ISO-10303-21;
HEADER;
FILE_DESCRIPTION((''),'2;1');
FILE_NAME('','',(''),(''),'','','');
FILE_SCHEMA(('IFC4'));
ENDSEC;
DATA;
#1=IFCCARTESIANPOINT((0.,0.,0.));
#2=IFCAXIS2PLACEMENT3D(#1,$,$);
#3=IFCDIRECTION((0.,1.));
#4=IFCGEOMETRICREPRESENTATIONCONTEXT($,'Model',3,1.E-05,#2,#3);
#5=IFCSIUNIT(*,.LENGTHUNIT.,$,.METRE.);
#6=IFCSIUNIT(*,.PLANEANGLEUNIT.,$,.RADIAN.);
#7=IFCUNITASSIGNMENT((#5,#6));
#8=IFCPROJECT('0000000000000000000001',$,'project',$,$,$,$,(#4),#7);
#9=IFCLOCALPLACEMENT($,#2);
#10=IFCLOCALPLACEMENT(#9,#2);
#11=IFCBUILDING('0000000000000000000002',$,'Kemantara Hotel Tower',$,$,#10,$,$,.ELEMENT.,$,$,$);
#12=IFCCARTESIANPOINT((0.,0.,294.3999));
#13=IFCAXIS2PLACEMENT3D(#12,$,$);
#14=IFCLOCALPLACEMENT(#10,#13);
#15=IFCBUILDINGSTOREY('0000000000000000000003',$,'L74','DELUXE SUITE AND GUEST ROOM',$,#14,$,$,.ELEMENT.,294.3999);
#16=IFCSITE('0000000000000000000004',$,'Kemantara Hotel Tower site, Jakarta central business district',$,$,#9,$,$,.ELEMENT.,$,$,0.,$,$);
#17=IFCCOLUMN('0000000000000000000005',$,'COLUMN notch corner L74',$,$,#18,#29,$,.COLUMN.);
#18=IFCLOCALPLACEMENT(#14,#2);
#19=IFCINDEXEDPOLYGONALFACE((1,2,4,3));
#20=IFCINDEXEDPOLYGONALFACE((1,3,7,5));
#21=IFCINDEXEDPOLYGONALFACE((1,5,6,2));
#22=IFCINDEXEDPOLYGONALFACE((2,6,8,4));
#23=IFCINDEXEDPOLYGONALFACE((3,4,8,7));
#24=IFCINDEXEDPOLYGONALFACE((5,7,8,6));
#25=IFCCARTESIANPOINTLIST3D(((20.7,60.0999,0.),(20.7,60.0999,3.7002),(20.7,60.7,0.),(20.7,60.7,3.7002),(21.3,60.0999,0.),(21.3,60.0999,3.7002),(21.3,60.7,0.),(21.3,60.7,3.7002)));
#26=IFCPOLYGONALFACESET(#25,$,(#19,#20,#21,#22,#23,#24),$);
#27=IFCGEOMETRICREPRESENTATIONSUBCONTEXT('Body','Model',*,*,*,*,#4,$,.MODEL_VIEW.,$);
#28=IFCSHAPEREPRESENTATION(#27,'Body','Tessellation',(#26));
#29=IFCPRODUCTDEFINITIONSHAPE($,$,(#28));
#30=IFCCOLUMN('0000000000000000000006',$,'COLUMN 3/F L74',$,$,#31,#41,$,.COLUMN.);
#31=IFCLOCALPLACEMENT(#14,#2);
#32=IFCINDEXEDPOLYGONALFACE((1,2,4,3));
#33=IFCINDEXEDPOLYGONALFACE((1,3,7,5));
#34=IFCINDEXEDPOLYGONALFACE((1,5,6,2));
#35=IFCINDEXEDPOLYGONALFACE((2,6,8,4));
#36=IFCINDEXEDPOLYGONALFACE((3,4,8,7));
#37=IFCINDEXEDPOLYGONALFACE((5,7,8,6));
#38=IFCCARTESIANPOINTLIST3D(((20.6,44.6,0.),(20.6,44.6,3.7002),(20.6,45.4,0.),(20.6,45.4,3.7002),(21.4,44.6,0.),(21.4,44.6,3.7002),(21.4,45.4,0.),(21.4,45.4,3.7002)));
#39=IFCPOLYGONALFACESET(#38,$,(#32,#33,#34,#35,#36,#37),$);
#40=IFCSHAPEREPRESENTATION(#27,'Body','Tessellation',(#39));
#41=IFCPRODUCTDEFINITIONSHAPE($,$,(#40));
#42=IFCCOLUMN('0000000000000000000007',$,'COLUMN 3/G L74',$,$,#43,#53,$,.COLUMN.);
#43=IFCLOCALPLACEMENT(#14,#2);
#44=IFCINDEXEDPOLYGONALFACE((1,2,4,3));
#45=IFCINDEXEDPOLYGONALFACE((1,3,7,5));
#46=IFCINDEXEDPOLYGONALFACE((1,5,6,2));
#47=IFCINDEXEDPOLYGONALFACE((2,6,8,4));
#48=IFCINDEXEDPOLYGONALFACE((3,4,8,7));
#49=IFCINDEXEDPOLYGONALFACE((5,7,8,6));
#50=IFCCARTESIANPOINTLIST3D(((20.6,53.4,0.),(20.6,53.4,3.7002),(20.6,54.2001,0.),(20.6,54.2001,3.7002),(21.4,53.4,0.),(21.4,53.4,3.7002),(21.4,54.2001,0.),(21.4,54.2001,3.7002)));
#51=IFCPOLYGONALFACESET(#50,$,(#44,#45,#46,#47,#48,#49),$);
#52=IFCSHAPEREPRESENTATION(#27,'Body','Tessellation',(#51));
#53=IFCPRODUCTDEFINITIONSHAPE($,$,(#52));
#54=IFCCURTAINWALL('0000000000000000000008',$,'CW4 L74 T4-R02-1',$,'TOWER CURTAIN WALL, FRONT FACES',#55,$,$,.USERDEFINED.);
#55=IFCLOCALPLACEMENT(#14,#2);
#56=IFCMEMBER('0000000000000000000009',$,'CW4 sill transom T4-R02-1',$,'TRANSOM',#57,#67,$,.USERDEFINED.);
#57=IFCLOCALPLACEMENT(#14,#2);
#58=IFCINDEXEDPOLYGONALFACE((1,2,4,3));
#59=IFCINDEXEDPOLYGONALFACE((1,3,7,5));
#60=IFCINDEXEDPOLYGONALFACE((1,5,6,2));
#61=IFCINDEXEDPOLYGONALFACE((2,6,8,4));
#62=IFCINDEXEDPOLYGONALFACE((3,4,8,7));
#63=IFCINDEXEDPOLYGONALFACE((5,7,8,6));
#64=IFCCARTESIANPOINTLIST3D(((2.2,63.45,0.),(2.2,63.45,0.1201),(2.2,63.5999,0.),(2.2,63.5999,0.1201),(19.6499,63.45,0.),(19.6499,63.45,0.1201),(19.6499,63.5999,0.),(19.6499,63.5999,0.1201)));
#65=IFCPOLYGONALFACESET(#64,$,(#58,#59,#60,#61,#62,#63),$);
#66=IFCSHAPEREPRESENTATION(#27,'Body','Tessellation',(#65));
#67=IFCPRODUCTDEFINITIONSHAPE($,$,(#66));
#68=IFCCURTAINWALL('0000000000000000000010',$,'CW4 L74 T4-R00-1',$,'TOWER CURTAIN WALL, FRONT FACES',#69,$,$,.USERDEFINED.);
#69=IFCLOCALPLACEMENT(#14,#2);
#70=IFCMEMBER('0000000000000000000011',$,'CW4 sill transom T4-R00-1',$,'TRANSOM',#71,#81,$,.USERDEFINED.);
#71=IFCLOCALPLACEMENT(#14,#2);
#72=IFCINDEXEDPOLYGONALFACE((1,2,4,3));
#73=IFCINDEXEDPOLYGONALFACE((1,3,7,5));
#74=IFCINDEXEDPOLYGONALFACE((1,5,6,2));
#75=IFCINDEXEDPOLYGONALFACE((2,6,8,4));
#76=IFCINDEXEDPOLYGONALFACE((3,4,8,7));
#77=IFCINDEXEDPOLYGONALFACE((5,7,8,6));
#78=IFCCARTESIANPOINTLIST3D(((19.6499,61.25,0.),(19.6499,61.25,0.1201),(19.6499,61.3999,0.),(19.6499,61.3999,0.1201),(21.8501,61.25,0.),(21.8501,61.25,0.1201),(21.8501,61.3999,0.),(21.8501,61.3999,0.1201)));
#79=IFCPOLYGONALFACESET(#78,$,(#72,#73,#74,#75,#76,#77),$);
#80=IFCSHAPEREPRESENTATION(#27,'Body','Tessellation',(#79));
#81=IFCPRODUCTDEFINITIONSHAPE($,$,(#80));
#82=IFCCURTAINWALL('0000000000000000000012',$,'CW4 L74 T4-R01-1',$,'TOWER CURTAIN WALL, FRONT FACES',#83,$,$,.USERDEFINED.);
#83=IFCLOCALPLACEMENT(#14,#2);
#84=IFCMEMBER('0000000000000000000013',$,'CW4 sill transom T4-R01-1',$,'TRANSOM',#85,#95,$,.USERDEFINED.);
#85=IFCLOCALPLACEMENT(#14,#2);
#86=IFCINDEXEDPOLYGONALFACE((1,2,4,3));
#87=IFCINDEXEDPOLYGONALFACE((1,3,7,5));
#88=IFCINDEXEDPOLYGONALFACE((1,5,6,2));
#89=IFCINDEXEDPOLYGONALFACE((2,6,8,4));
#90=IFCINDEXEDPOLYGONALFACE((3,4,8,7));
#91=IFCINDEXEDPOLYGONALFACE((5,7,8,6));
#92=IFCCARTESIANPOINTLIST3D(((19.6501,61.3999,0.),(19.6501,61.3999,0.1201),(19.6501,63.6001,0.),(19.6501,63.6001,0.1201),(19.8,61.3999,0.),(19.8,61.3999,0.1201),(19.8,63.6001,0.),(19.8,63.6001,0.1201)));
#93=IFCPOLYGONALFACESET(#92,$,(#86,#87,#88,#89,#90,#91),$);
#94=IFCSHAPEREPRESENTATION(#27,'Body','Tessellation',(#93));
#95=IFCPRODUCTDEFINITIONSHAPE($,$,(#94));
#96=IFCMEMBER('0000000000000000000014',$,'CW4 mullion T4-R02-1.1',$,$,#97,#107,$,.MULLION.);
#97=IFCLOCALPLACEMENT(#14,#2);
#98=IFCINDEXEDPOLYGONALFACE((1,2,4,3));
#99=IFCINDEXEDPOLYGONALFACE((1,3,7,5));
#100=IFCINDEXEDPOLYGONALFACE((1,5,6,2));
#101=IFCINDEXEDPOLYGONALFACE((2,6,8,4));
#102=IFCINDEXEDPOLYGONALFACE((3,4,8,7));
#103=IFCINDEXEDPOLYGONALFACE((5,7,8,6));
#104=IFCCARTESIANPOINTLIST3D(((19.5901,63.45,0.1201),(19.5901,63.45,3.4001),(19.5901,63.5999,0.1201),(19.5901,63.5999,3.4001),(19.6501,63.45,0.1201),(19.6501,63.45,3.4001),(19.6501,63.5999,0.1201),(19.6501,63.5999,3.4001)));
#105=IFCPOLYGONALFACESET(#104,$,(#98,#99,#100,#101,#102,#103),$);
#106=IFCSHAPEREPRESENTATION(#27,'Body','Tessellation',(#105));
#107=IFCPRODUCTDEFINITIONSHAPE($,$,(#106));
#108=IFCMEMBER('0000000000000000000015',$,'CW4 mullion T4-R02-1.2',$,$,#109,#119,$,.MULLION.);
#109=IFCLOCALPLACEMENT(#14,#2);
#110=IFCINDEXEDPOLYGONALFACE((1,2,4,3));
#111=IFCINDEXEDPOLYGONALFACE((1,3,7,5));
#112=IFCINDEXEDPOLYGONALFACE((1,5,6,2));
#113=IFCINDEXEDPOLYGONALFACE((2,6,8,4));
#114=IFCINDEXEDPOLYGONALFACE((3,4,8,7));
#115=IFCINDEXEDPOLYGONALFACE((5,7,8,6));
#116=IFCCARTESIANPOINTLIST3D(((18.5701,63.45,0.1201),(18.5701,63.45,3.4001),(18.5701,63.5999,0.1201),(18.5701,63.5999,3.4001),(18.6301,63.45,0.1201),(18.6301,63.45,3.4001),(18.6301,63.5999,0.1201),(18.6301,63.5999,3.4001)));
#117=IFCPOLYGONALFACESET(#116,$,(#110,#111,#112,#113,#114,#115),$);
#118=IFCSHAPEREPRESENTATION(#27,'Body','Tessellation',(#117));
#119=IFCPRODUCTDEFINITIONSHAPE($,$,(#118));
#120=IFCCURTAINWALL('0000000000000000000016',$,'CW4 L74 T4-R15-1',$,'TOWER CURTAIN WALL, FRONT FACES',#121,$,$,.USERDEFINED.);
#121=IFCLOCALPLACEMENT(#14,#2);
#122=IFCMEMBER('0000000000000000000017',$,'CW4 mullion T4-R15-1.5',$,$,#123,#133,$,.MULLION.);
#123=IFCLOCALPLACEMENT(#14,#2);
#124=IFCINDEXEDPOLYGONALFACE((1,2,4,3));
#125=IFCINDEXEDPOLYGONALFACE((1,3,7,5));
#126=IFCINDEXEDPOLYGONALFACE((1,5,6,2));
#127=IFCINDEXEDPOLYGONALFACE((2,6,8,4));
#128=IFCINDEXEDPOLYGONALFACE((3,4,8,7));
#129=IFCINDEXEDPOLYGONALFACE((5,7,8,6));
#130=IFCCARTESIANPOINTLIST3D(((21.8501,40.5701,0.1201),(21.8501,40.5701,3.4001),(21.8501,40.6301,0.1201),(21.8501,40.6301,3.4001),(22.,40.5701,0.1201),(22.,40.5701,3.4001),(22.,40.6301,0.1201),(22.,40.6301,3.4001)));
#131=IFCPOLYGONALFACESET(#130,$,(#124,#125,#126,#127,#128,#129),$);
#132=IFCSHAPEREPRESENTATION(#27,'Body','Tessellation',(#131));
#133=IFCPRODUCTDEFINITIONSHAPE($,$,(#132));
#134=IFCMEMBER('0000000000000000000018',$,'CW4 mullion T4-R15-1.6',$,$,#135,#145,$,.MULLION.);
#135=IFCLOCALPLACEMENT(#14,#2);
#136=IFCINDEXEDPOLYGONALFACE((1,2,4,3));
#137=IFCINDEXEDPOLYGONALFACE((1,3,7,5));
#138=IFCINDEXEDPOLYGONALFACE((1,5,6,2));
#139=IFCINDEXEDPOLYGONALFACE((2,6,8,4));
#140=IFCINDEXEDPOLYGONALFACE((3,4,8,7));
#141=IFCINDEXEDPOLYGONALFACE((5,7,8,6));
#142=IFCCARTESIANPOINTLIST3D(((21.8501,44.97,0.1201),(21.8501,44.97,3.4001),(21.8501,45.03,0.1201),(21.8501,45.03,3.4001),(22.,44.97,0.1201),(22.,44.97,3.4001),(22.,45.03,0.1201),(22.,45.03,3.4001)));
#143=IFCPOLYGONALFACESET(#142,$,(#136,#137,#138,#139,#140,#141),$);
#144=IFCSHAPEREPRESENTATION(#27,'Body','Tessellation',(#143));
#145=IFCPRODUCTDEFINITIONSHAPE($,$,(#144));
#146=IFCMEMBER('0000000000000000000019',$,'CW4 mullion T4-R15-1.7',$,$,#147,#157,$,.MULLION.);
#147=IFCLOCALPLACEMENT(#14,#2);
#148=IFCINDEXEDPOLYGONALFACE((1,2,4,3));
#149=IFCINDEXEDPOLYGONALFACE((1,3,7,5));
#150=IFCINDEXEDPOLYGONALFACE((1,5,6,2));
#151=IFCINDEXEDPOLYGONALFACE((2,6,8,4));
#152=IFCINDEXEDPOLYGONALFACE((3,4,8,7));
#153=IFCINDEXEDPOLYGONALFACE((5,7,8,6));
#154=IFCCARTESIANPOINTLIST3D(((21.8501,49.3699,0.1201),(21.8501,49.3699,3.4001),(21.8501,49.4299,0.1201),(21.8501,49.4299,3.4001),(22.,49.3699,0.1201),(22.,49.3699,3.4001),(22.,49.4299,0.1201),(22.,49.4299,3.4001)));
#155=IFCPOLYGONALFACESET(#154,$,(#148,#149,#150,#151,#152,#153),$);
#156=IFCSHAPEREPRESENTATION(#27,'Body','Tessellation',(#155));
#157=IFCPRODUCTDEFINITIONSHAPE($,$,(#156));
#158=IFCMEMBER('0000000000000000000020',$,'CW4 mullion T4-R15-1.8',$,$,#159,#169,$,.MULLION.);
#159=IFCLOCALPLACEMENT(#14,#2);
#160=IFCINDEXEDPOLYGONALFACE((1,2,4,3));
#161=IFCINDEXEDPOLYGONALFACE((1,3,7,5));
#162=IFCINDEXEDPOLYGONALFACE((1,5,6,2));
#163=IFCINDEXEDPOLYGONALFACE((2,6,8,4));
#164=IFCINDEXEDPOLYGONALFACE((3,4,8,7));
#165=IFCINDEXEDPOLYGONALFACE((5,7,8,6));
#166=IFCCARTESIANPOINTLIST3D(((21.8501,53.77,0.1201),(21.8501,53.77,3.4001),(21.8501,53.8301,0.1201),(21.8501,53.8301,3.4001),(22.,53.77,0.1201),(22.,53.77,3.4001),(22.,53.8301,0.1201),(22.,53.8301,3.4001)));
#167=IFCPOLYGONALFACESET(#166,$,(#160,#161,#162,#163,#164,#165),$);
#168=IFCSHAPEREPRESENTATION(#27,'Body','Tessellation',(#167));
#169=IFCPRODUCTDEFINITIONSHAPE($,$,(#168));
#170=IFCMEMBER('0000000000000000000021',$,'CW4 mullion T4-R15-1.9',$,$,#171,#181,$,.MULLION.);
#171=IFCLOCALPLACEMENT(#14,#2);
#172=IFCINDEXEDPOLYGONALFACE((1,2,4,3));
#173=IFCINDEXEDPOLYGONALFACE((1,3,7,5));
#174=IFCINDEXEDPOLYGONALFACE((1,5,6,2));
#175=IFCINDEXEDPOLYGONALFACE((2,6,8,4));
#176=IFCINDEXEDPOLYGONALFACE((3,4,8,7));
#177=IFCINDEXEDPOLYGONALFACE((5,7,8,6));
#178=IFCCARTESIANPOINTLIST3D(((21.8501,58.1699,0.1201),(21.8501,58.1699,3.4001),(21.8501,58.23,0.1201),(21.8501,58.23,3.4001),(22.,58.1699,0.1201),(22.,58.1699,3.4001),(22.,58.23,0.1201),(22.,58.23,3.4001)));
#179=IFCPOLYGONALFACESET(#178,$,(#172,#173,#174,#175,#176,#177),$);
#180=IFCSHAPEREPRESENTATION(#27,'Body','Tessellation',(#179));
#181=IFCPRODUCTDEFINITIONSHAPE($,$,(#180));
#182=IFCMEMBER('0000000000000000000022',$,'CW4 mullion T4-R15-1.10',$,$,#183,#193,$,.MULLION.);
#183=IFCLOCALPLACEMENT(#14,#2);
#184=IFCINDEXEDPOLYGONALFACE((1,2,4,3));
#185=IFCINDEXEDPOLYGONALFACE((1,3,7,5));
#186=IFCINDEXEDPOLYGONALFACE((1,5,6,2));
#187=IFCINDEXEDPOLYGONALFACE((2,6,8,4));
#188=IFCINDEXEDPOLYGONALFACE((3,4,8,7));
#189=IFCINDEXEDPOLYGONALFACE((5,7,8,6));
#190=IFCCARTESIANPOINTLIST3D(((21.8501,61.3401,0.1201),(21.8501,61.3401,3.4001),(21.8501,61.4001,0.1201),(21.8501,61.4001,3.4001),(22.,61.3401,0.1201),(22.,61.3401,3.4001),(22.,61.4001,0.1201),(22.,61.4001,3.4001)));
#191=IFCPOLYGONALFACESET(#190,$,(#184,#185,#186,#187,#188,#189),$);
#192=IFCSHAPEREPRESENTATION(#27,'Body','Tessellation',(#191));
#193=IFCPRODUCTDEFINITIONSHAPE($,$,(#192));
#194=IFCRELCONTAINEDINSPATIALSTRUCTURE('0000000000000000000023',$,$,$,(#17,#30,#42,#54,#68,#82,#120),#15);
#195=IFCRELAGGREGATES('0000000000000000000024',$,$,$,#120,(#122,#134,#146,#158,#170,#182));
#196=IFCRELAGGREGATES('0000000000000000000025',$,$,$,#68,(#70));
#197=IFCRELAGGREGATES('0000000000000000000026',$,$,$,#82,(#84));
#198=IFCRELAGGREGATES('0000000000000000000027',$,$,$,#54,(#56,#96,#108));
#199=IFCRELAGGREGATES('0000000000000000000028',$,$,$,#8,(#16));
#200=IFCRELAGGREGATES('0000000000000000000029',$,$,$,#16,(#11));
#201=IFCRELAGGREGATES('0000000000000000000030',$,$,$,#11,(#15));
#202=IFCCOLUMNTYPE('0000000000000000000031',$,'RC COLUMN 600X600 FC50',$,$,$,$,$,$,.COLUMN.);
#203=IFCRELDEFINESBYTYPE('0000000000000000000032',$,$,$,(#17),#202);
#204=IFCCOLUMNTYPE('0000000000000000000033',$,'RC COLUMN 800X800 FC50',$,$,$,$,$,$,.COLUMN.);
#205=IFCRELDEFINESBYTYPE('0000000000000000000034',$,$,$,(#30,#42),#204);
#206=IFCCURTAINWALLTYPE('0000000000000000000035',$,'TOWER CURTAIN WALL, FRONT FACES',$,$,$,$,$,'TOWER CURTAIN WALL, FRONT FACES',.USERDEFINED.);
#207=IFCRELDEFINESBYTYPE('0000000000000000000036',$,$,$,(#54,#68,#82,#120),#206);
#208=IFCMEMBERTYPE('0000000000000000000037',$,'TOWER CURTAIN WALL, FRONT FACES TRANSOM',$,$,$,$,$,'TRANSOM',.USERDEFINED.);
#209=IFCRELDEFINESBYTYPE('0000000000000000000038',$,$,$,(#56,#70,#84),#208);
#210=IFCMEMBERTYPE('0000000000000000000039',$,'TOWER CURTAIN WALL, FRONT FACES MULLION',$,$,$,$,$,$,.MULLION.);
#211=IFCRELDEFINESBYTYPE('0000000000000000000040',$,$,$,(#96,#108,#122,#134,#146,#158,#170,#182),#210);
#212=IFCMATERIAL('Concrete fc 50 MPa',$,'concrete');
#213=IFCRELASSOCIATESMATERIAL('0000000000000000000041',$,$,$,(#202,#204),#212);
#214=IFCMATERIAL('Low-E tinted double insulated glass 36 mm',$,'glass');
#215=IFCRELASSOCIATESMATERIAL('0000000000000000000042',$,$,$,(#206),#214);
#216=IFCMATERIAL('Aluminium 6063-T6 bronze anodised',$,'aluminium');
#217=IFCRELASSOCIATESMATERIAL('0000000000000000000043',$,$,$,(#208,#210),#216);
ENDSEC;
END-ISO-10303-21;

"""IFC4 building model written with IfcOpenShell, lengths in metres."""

from ifc_helpers import new_model, si_unit, direction, frame, origin, origin_2d, place, context, subcontext, project, spatial, rectangle, extrude, source, transform, mapped, material, material_profile, profile_set, type_object, element, aggregate, save


model = new_model("IFC4")

# Units and contexts
model_context = context("Model", 3, precision=1e-05, world=origin(), true_north=direction((0.0, 1.0)))
body_context = subcontext(model_context, "Body", "Model", "MODEL_VIEW")
ifc_project = project(units=[si_unit("LENGTHUNIT", "METRE"), si_unit("PLANEANGLEUNIT", "RADIAN")], contexts=[model_context])

# Site, building, storey
site_placement = place(None, origin())
site = spatial("IfcSite", under=ifc_project, at=site_placement, Name="Kemantara Hotel Tower site, Jakarta central business district", CompositionType="ELEMENT", RefElevation=0.0)
building_placement = place(site_placement, origin())
building = spatial("IfcBuilding", under=site, at=building_placement, Name="Kemantara Hotel Tower", CompositionType="ELEMENT")
storey_placement = place(building_placement, frame((0.0, 0.0, 294.3999)))
storey = spatial("IfcBuildingStorey", under=building, at=storey_placement, Name="L74", Description="DELUXE SUITE AND GUEST ROOM", CompositionType="ELEMENT", Elevation=294.3999)

# Columns
ifc_material_1 = material(Name="Concrete fc 50 MPa", Category="concrete")
ifc_material_profile_1 = material_profile(ifc_material_1, rectangle(XDim=0.6001, YDim=0.6001, at=origin_2d()), Name="RC 600X600")
ifc_profile_set_1 = profile_set([ifc_material_profile_1], Name="Concrete fc 50 MPa")
column_type_1 = type_object("IfcColumnType", Name="RC COLUMN 600X600 FC50", PredefinedType="COLUMN", material=ifc_profile_set_1)
column_placement = place(storey_placement, frame((21.0, 60.3999, 0.0), z_axis=(0.0, 0.0, 1.0), x_axis=(1.0, 0.0, 0.0)))
element("IfcColumn", 1, at=column_placement, inside=storey, type_object=column_type_1, Name="COLUMN notch corner L74", PredefinedType="COLUMN", context=body_context, shape_type="SweptSolid", body=[
    extrude(rectangle(XDim=0.6001, YDim=0.6001, at=origin_2d()), origin(), (0.0, 0.0, 1.0), 3.7002),
])
ifc_material_profile_2 = material_profile(ifc_material_1, rectangle(XDim=0.8, YDim=0.8, at=origin_2d()), Name="RC 800X800")
ifc_profile_set_2 = profile_set([ifc_material_profile_2], Name="Concrete fc 50 MPa")
column_type_2 = type_object("IfcColumnType", Name="RC COLUMN 800X800 FC50", PredefinedType="COLUMN", material=ifc_profile_set_2)
for number, where, z_axis, x_axis, name in (
    (2, (21.0, 45.0, 0.0), (0.0, 0.0, 1.0), (1.0, 0.0, 0.0), "COLUMN 3/F L74"),
    (3, (21.0, 53.8, 0.0), (0.0, 0.0, 1.0), (1.0, 0.0, 0.0), "COLUMN 3/G L74"),
):
    element("IfcColumn", number, at=place(storey_placement, frame(where, z_axis=z_axis, x_axis=x_axis)), inside=storey, type_object=column_type_2, Name=name, PredefinedType="COLUMN", context=body_context, shape_type="SweptSolid", body=[
        extrude(rectangle(XDim=0.8, YDim=0.8, at=origin_2d()), origin(), (0.0, 0.0, 1.0), 3.7002),
    ])

# Curtain walls, members
ifc_material_2 = material(Name="Low-E tinted double insulated glass 36 mm", Category="glass")
curtain_wall_type = type_object("IfcCurtainWallType", Name="TOWER CURTAIN WALL, FRONT FACES", ElementType="TOWER CURTAIN WALL, FRONT FACES", PredefinedType="USERDEFINED", material=ifc_material_2)
curtain_wall_1_placement = place(storey_placement, origin())
curtain_wall_1 = element("IfcCurtainWall", 4, at=curtain_wall_1_placement, inside=storey, type_object=curtain_wall_type, Name="CW4 L74 T4-R02-1", ObjectType="TOWER CURTAIN WALL, FRONT FACES", PredefinedType="USERDEFINED")
ifc_material_3 = material(Name="Aluminium 6063-T6 bronze anodised", Category="aluminium")
ifc_material_profile_3 = material_profile(ifc_material_3, rectangle(XDim=0.1499, YDim=0.1201, at=origin_2d()), Name="TOWER CURTAIN WALL, FRONT FACES TRANSOM")
ifc_profile_set_3 = profile_set([ifc_material_profile_3], Name="Aluminium 6063-T6 bronze anodised")
member_type_1 = type_object("IfcMemberType", Name="TOWER CURTAIN WALL, FRONT FACES TRANSOM", ElementType="TRANSOM", PredefinedType="USERDEFINED", material=ifc_profile_set_3)
member_1_placement = place(storey_placement, frame((19.6499, 63.5249, 0.0601), z_axis=(-1.0, 0.0, 0.0), x_axis=(0.0, -1.0, 0.0)))
member_1 = element("IfcMember", 5, at=member_1_placement, type_object=member_type_1, Name="CW4 sill transom T4-R02-1", ObjectType="TRANSOM", PredefinedType="USERDEFINED", context=body_context, shape_type="SweptSolid", body=[
    extrude(rectangle(XDim=0.1499, YDim=0.1201, at=origin_2d()), origin(), (0.0, 0.0, 1.0), 17.45),
])
curtain_wall_2_placement = place(storey_placement, origin())
curtain_wall_2 = element("IfcCurtainWall", 6, at=curtain_wall_2_placement, inside=storey, type_object=curtain_wall_type, Name="CW4 L74 T4-R00-1", ObjectType="TOWER CURTAIN WALL, FRONT FACES", PredefinedType="USERDEFINED")
member_2_placement = place(storey_placement, frame((21.8501, 61.325, 0.0601), z_axis=(-1.0, 0.0, 0.0), x_axis=(0.0, -1.0, 0.0)))
member_2 = element("IfcMember", 7, at=member_2_placement, type_object=member_type_1, Name="CW4 sill transom T4-R00-1", ObjectType="TRANSOM", PredefinedType="USERDEFINED", context=body_context, shape_type="SweptSolid", body=[
    extrude(rectangle(XDim=0.1499, YDim=0.1201, at=origin_2d()), origin(), (0.0, 0.0, 1.0), 2.2002),
])
curtain_wall_3_placement = place(storey_placement, origin())
curtain_wall_3 = element("IfcCurtainWall", 8, at=curtain_wall_3_placement, inside=storey, type_object=curtain_wall_type, Name="CW4 L74 T4-R01-1", ObjectType="TOWER CURTAIN WALL, FRONT FACES", PredefinedType="USERDEFINED")
member_3_placement = place(storey_placement, frame((19.7251, 61.3999, 0.0601), z_axis=(0.0, 1.0, 0.0), x_axis=(-1.0, 0.0, 0.0)))
member_3 = element("IfcMember", 9, at=member_3_placement, type_object=member_type_1, Name="CW4 sill transom T4-R01-1", ObjectType="TRANSOM", PredefinedType="USERDEFINED", context=body_context, shape_type="SweptSolid", body=[
    extrude(rectangle(XDim=0.1499, YDim=0.1201, at=origin_2d()), origin(), (0.0, 0.0, 1.0), 2.2002),
])

# Members
ifc_material_profile_4 = material_profile(ifc_material_3, rectangle(XDim=0.1499, YDim=0.0601, at=origin_2d()), Name="TOWER CURTAIN WALL, FRONT FACES MULLION")
ifc_profile_set_4 = profile_set([ifc_material_profile_4], Name="Aluminium 6063-T6 bronze anodised")
member_type_2 = type_object("IfcMemberType", Name="TOWER CURTAIN WALL, FRONT FACES MULLION", PredefinedType="MULLION", material=ifc_profile_set_4)
shared_shape_1 = source(origin(), body_context, "Body", "SweptSolid", [
    extrude(rectangle(XDim=0.1499, YDim=0.0601, at=origin_2d()), origin(), (0.0, 0.0, 1.0), 3.28),
])
member_4_placement = place(storey_placement, frame((19.6201, 63.5249, 0.1201), z_axis=(0.0, 0.0, 1.0), x_axis=(0.0, -1.0, 0.0)))
member_4 = element("IfcMember", 10, at=member_4_placement, type_object=member_type_2, Name="CW4 mullion T4-R02-1.1", PredefinedType="MULLION", context=body_context, shape_type="MappedRepresentation", body=[
    mapped(shared_shape_1, transform((0.0, 0.0, 0.0))),
])
member_5_placement = place(storey_placement, frame((18.6001, 63.5249, 0.1201), z_axis=(0.0, 0.0, 1.0), x_axis=(0.0, -1.0, 0.0)))
member_5 = element("IfcMember", 11, at=member_5_placement, type_object=member_type_2, Name="CW4 mullion T4-R02-1.2", PredefinedType="MULLION", context=body_context, shape_type="MappedRepresentation", body=[
    mapped(shared_shape_1, transform((0.0, 0.0, 0.0))),
])

# Curtain wall, members
curtain_wall_4_placement = place(storey_placement, origin())
curtain_wall_4 = element("IfcCurtainWall", 12, at=curtain_wall_4_placement, inside=storey, type_object=curtain_wall_type, Name="CW4 L74 T4-R15-1", ObjectType="TOWER CURTAIN WALL, FRONT FACES", PredefinedType="USERDEFINED")
member_6_placement = place(storey_placement, frame((21.925, 40.6001, 0.1201), z_axis=(0.0, 0.0, 1.0), x_axis=(-1.0, 0.0, 0.0)))
member_6 = element("IfcMember", 13, at=member_6_placement, type_object=member_type_2, Name="CW4 mullion T4-R15-1.5", PredefinedType="MULLION", context=body_context, shape_type="MappedRepresentation", body=[
    mapped(shared_shape_1, transform((0.0, 0.0, 0.0))),
])
member_7_placement = place(storey_placement, frame((21.925, 45.0, 0.1201), z_axis=(0.0, 0.0, 1.0), x_axis=(-1.0, 0.0, 0.0)))
member_7 = element("IfcMember", 14, at=member_7_placement, type_object=member_type_2, Name="CW4 mullion T4-R15-1.6", PredefinedType="MULLION", context=body_context, shape_type="MappedRepresentation", body=[
    mapped(shared_shape_1, transform((0.0, 0.0, 0.0))),
])
member_8_placement = place(storey_placement, frame((21.925, 49.3999, 0.1201), z_axis=(0.0, 0.0, 1.0), x_axis=(-1.0, 0.0, 0.0)))
member_8 = element("IfcMember", 15, at=member_8_placement, type_object=member_type_2, Name="CW4 mullion T4-R15-1.7", PredefinedType="MULLION", context=body_context, shape_type="MappedRepresentation", body=[
    mapped(shared_shape_1, transform((0.0, 0.0, 0.0))),
])
member_9_placement = place(storey_placement, frame((21.925, 53.8, 0.1201), z_axis=(0.0, 0.0, 1.0), x_axis=(-1.0, 0.0, 0.0)))
member_9 = element("IfcMember", 16, at=member_9_placement, type_object=member_type_2, Name="CW4 mullion T4-R15-1.8", PredefinedType="MULLION", context=body_context, shape_type="MappedRepresentation", body=[
    mapped(shared_shape_1, transform((0.0, 0.0, 0.0))),
])
member_10_placement = place(storey_placement, frame((21.925, 58.2, 0.1201), z_axis=(0.0, 0.0, 1.0), x_axis=(-1.0, 0.0, 0.0)))
member_10 = element("IfcMember", 17, at=member_10_placement, type_object=member_type_2, Name="CW4 mullion T4-R15-1.9", PredefinedType="MULLION", context=body_context, shape_type="MappedRepresentation", body=[
    mapped(shared_shape_1, transform((0.0, 0.0, 0.0))),
])
member_11_placement = place(storey_placement, frame((21.925, 61.3701, 0.1201), z_axis=(0.0, 0.0, 1.0), x_axis=(-1.0, 0.0, 0.0)))
member_11 = element("IfcMember", 18, at=member_11_placement, type_object=member_type_2, Name="CW4 mullion T4-R15-1.10", PredefinedType="MULLION", context=body_context, shape_type="MappedRepresentation", body=[
    mapped(shared_shape_1, transform((0.0, 0.0, 0.0))),
])

aggregate(curtain_wall_4, [member_6, member_7, member_8, member_9, member_10, member_11])
aggregate(curtain_wall_2, [member_2])
aggregate(curtain_wall_3, [member_3])
aggregate(curtain_wall_1, [member_1, member_4, member_5])

save(model, "model.ifc")
